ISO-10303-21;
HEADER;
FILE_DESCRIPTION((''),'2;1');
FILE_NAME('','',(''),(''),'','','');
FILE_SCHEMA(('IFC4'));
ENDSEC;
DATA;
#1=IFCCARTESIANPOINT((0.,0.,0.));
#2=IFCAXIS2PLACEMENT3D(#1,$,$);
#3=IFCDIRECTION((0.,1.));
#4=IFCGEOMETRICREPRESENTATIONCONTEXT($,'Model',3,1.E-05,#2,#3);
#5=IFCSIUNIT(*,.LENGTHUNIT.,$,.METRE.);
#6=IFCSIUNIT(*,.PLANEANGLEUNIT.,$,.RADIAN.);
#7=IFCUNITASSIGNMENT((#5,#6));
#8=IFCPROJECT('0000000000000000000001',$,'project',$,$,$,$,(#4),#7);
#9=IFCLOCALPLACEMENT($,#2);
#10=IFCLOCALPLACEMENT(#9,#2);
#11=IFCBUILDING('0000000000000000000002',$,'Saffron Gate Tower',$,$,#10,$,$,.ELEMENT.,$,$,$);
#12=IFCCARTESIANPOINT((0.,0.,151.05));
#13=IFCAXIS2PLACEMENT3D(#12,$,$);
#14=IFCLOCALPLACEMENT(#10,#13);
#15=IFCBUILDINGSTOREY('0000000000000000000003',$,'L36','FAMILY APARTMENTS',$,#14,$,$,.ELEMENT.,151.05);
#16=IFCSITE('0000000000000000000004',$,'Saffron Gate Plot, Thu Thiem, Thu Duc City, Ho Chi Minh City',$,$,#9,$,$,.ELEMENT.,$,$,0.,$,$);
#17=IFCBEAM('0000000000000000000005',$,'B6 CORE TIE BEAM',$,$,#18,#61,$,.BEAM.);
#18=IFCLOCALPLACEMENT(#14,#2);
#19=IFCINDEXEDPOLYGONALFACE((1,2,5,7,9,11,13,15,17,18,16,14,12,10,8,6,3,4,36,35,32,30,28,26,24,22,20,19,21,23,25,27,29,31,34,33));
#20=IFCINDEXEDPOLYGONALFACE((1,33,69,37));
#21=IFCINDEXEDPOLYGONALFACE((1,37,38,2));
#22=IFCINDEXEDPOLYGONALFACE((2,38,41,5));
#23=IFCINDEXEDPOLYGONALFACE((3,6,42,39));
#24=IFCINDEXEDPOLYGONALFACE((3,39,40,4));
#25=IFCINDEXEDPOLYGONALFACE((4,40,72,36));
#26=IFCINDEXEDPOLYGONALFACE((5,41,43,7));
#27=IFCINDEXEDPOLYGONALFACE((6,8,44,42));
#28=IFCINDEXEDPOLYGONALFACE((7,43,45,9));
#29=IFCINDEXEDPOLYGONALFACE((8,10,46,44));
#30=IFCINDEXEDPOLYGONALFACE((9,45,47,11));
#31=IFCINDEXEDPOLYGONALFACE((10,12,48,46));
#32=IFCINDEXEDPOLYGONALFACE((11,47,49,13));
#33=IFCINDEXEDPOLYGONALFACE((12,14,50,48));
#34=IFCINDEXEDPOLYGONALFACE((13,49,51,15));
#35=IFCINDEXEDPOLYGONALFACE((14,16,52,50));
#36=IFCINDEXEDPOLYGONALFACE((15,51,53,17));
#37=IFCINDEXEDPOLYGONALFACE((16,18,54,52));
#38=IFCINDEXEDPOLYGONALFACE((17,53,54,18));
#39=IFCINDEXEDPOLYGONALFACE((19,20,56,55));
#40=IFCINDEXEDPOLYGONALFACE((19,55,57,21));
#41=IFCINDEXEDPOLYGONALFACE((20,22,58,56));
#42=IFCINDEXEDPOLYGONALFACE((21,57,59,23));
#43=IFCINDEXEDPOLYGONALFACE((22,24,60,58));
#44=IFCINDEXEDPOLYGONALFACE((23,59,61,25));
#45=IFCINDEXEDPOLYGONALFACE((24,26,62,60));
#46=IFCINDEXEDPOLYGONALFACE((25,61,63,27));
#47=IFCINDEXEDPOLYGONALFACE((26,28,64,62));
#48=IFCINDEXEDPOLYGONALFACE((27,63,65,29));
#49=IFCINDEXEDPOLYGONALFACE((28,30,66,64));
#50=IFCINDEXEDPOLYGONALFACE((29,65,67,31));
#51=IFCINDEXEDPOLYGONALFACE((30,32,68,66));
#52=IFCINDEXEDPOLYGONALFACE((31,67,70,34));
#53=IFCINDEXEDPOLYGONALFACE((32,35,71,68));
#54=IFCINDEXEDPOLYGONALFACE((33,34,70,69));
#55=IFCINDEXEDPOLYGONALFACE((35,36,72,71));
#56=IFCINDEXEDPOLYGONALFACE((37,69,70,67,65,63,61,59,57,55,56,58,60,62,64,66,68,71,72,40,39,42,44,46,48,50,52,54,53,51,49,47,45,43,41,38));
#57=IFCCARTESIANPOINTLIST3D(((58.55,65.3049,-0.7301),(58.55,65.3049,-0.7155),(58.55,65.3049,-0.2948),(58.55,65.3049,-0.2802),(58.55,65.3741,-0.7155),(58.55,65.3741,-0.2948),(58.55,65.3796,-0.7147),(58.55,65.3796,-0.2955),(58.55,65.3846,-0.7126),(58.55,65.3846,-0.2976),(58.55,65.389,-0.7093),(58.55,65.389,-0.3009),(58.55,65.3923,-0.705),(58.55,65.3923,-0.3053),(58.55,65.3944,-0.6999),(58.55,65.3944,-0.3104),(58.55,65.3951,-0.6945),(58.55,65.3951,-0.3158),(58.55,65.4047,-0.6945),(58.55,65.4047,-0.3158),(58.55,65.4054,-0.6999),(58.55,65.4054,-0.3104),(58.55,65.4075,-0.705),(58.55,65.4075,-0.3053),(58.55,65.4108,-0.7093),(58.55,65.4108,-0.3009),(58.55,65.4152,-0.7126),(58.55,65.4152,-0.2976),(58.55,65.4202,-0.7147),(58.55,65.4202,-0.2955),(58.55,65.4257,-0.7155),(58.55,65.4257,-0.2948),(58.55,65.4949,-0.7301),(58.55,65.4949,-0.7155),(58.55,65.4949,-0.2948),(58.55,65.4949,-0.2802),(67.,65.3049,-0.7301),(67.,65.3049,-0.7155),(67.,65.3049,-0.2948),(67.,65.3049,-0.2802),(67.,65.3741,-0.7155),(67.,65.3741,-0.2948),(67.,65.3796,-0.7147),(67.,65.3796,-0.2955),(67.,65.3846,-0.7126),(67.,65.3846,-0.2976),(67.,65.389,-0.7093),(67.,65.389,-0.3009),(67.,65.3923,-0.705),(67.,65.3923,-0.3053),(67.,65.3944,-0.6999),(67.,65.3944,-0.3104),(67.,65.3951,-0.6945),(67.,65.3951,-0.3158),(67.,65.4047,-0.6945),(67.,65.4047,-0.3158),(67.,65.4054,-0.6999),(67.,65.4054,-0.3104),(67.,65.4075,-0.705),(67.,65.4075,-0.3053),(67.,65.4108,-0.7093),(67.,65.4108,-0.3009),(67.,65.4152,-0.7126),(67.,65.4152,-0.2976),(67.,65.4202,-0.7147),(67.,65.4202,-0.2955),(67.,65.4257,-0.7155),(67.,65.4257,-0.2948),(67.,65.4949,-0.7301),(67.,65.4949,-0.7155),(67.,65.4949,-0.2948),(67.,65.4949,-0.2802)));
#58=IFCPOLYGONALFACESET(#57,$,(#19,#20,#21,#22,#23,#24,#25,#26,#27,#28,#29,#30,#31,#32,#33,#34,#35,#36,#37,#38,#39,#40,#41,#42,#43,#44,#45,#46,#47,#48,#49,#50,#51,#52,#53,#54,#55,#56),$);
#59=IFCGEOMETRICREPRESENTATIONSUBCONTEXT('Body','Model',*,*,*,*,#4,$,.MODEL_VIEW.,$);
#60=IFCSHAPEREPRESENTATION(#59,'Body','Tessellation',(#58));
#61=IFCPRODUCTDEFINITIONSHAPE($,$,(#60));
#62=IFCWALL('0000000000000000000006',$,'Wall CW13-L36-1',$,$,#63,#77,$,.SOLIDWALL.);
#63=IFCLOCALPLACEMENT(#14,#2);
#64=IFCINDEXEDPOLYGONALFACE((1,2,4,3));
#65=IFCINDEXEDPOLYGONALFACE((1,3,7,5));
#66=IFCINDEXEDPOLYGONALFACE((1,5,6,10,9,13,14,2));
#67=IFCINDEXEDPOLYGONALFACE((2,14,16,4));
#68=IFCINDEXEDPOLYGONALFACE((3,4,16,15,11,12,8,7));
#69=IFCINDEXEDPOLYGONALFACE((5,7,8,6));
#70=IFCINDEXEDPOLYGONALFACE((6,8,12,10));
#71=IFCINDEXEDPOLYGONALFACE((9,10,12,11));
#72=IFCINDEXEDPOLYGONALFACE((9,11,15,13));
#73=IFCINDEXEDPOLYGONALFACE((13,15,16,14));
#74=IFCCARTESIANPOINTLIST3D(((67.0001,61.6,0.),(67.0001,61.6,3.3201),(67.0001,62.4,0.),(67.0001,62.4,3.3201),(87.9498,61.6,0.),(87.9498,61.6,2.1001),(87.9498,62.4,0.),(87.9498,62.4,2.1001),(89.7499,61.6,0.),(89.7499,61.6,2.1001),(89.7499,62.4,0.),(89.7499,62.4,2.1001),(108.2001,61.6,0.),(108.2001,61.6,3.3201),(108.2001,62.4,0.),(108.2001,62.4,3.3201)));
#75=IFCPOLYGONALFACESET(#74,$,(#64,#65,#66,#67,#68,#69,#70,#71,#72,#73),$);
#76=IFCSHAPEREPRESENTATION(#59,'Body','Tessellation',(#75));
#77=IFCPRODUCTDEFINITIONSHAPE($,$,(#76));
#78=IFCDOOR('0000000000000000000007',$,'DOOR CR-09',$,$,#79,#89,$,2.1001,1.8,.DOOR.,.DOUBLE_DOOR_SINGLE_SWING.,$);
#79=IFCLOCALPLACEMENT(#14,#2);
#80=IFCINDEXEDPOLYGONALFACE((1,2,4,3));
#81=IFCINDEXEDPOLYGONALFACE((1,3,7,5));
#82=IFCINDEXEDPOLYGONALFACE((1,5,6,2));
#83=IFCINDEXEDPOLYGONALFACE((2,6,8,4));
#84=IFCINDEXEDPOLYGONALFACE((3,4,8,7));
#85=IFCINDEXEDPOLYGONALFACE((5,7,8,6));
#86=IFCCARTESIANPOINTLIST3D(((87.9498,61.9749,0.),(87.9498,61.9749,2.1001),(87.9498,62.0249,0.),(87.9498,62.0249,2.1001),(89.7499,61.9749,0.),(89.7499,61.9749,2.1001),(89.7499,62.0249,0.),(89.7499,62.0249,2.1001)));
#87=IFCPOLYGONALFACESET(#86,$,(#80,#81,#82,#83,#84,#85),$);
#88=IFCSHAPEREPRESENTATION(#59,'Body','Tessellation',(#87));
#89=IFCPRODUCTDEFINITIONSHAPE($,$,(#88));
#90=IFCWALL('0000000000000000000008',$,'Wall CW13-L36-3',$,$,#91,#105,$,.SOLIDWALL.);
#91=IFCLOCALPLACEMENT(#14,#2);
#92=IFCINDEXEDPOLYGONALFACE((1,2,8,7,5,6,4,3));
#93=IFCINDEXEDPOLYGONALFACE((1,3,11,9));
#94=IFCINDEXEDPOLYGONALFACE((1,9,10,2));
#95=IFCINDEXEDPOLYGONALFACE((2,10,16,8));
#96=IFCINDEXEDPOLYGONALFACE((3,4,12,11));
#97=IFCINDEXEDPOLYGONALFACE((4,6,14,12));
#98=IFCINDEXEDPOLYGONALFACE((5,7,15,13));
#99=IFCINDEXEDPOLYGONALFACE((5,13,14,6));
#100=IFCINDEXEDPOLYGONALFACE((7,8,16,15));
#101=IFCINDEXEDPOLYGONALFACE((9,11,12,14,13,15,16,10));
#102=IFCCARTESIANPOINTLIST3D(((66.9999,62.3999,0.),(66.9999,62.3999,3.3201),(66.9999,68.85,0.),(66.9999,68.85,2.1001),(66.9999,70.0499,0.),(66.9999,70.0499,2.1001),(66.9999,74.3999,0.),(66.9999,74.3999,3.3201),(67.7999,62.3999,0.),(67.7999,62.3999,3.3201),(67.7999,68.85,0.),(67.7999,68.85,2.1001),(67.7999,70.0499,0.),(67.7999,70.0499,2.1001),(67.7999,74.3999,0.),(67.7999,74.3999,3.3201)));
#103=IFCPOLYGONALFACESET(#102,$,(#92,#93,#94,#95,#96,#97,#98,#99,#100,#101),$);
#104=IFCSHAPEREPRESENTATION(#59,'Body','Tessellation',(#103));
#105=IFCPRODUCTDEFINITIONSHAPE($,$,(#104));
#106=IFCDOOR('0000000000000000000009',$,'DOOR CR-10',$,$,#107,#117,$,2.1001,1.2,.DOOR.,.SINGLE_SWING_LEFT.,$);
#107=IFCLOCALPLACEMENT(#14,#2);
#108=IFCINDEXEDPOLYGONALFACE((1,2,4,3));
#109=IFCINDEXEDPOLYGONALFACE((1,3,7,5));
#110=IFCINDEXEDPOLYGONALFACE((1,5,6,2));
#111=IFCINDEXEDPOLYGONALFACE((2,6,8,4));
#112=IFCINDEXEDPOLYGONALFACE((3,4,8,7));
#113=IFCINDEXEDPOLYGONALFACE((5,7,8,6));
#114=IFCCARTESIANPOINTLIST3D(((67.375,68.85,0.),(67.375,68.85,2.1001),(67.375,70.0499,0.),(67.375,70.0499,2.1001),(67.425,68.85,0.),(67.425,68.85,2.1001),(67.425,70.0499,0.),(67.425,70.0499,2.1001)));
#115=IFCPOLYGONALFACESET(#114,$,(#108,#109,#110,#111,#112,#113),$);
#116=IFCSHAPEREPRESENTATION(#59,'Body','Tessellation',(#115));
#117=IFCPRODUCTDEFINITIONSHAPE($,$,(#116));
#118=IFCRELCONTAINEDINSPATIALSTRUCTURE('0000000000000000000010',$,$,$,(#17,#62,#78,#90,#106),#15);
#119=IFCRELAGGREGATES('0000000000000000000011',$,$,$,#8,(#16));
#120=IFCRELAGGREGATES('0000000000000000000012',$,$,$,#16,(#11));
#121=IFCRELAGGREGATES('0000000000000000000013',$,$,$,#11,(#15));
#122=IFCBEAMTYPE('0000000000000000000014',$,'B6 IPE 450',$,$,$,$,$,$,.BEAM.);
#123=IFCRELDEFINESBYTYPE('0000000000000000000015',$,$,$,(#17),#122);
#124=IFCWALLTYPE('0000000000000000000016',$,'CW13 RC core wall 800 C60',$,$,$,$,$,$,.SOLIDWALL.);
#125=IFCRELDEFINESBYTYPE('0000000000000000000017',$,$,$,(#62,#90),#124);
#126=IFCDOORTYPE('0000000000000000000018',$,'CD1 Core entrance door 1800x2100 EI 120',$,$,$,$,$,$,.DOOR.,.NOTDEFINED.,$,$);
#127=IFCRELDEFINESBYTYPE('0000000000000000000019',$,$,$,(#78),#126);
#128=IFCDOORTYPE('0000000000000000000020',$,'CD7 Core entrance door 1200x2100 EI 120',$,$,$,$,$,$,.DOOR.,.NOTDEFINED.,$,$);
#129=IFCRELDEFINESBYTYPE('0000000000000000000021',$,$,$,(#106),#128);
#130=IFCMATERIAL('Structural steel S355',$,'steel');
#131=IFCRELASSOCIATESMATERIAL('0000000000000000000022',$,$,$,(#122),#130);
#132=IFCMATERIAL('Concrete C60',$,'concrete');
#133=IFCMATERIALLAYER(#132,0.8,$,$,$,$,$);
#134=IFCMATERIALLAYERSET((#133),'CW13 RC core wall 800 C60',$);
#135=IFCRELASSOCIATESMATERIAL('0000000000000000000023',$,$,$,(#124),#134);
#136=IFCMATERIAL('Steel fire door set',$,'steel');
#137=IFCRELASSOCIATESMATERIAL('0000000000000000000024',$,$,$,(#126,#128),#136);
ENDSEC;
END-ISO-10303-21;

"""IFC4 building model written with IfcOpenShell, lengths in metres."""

from ifc_helpers import new_model, si_unit, direction, frame, frame_2d, origin, origin_2d, place, context, subcontext, project, spatial, rectangle, i_section, extrude, material, layer, layer_set, material_profile, profile_set, type_object, element, fill, save


model = new_model("IFC4")

# Units and contexts
model_context = context("Model", 3, precision=1e-05, world=origin(), true_north=direction((0.0, 1.0)))
body_context = subcontext(model_context, "Body", "Model", "MODEL_VIEW")
ifc_project = project(units=[si_unit("LENGTHUNIT", "METRE"), si_unit("PLANEANGLEUNIT", "RADIAN")], contexts=[model_context])

# Site, building, storey
site_placement = place(None, origin())
site = spatial("IfcSite", under=ifc_project, at=site_placement, Name="Saffron Gate Plot, Thu Thiem, Thu Duc City, Ho Chi Minh City", CompositionType="ELEMENT", RefElevation=0.0)
building_placement = place(site_placement, origin())
building = spatial("IfcBuilding", under=site, at=building_placement, Name="Saffron Gate Tower", CompositionType="ELEMENT")
storey_placement = place(building_placement, frame((0.0, 0.0, 151.05)))
storey = spatial("IfcBuildingStorey", under=building, at=storey_placement, Name="L36", Description="FAMILY APARTMENTS", CompositionType="ELEMENT", Elevation=151.05)

# Beam
ifc_material_1 = material(Name="Structural steel S355", Category="steel")
ifc_material_profile = material_profile(ifc_material_1, i_section(OverallWidth=0.1899, OverallDepth=0.45, WebThickness=0.0095, FlangeThickness=0.0146, FilletRadius=0.021, at=origin_2d()))
ifc_profile_set = profile_set([ifc_material_profile], Name="Structural steel S355")
beam_type = type_object("IfcBeamType", Name="B6 IPE 450", PredefinedType="BEAM", material=ifc_profile_set)
beam_placement = place(storey_placement, frame((58.55, 65.3999, -0.5051), z_axis=(1.0, 0.0, 0.0), x_axis=(0.0, 1.0, 0.0)))
element("IfcBeam", 1, at=beam_placement, inside=storey, type_object=beam_type, Name="B6 CORE TIE BEAM", PredefinedType="BEAM", context=body_context, shape_type="SweptSolid", body=[
    extrude(i_section(OverallWidth=0.1899, OverallDepth=0.45, WebThickness=0.0095, FlangeThickness=0.0146, FilletRadius=0.021, at=origin_2d()), origin(), (0.0, 0.0, 1.0), 8.45),
])

# Walls, openings, doors
ifc_material_2 = material(Name="Concrete C60", Category="concrete")
ifc_layer_1 = layer(ifc_material_2, 0.8)
ifc_layer_set_1 = layer_set([ifc_layer_1], Name="CW13 RC core wall 800 C60")
wall_type_1 = type_object("IfcWallType", Name="CW13 RC core wall 800 C60", PredefinedType="SOLIDWALL", material=ifc_layer_set_1)
wall_1_placement = place(storey_placement, frame((67.0, 62.0, 0.0), z_axis=(0.0, 0.0, 1.0), x_axis=(1.0, 0.0, 0.0)))
wall_1 = element("IfcWall", 2, at=wall_1_placement, inside=storey, type_object=wall_type_1, Name="Wall CW13-L36-1", PredefinedType="SOLIDWALL", context=body_context, shape_type="SweptSolid", body=[
    extrude(rectangle(XDim=41.2, YDim=0.8, at=frame_2d((20.6001, 0.0))), origin(), (0.0, 0.0, 1.0), 3.3201),
])
opening_1_placement = place(wall_1_placement, frame((20.95, 0.0, 0.0)))
opening_1 = element("IfcOpeningElement", 3, at=opening_1_placement, cuts=wall_1, PredefinedType="OPENING", context=body_context, shape_type="SweptSolid", body=[
    extrude(rectangle(XDim=1.8, YDim=2.1001, at=frame_2d((0.8999, 1.05))), frame((0.0, 0.4102, 0.0), z_axis=(0.0, -1.0, 0.0), x_axis=(1.0, 0.0, 0.0)), (0.0, 0.0, 1.0), 0.8201),
])
ifc_material_3 = material(Name="Steel fire door set", Category="steel")
door_type_1 = type_object("IfcDoorType", Name="CD1 Core entrance door 1800x2100 EI 120", OperationType="NOTDEFINED", PredefinedType="DOOR", material=ifc_material_3)
door_1_placement = place(opening_1_placement, origin())
door_1 = element("IfcDoor", 4, at=door_1_placement, inside=storey, type_object=door_type_1, Name="DOOR CR-09", OperationType="DOUBLE_DOOR_SINGLE_SWING", OverallHeight=2.1001, OverallWidth=1.8, PredefinedType="DOOR", context=body_context, shape_type="SweptSolid", body=[
    extrude(rectangle(XDim=1.8, YDim=2.1001, at=frame_2d((0.8999, 1.05))), frame((0.0, 0.0249, 0.0), z_axis=(0.0, -1.0, 0.0), x_axis=(1.0, 0.0, 0.0)), (0.0, 0.0, 1.0), 0.05),
])
fill(opening_1, door_1)
wall_2_placement = place(storey_placement, frame((67.3999, 62.3999, 0.0), z_axis=(0.0, 0.0, 1.0), x_axis=(0.0, 1.0, 0.0)))
wall_2 = element("IfcWall", 5, at=wall_2_placement, inside=storey, type_object=wall_type_1, Name="Wall CW13-L36-3", PredefinedType="SOLIDWALL", context=body_context, shape_type="SweptSolid", body=[
    extrude(rectangle(XDim=12.0, YDim=0.8, at=frame_2d((6.0, 0.0))), origin(), (0.0, 0.0, 1.0), 3.3201),
])
opening_2_placement = place(wall_2_placement, frame((6.45, 0.0, 0.0)))
opening_2 = element("IfcOpeningElement", 6, at=opening_2_placement, cuts=wall_2, PredefinedType="OPENING", context=body_context, shape_type="SweptSolid", body=[
    extrude(rectangle(XDim=1.2, YDim=2.1001, at=frame_2d((0.6001, 1.05))), frame((0.0, 0.4102, 0.0), z_axis=(0.0, -1.0, 0.0), x_axis=(1.0, 0.0, 0.0)), (0.0, 0.0, 1.0), 0.8201),
])
door_type_2 = type_object("IfcDoorType", Name="CD7 Core entrance door 1200x2100 EI 120", OperationType="NOTDEFINED", PredefinedType="DOOR", material=ifc_material_3)
door_2_placement = place(opening_2_placement, origin())
door_2 = element("IfcDoor", 7, at=door_2_placement, inside=storey, type_object=door_type_2, Name="DOOR CR-10", OperationType="SINGLE_SWING_LEFT", OverallHeight=2.1001, OverallWidth=1.2, PredefinedType="DOOR", context=body_context, shape_type="SweptSolid", body=[
    extrude(rectangle(XDim=1.2, YDim=2.1001, at=frame_2d((0.6001, 1.05))), frame((0.0, 0.0249, 0.0), z_axis=(0.0, -1.0, 0.0), x_axis=(1.0, 0.0, 0.0)), (0.0, 0.0, 1.0), 0.05),
])
fill(opening_2, door_2)

save(model, "model.ifc")
